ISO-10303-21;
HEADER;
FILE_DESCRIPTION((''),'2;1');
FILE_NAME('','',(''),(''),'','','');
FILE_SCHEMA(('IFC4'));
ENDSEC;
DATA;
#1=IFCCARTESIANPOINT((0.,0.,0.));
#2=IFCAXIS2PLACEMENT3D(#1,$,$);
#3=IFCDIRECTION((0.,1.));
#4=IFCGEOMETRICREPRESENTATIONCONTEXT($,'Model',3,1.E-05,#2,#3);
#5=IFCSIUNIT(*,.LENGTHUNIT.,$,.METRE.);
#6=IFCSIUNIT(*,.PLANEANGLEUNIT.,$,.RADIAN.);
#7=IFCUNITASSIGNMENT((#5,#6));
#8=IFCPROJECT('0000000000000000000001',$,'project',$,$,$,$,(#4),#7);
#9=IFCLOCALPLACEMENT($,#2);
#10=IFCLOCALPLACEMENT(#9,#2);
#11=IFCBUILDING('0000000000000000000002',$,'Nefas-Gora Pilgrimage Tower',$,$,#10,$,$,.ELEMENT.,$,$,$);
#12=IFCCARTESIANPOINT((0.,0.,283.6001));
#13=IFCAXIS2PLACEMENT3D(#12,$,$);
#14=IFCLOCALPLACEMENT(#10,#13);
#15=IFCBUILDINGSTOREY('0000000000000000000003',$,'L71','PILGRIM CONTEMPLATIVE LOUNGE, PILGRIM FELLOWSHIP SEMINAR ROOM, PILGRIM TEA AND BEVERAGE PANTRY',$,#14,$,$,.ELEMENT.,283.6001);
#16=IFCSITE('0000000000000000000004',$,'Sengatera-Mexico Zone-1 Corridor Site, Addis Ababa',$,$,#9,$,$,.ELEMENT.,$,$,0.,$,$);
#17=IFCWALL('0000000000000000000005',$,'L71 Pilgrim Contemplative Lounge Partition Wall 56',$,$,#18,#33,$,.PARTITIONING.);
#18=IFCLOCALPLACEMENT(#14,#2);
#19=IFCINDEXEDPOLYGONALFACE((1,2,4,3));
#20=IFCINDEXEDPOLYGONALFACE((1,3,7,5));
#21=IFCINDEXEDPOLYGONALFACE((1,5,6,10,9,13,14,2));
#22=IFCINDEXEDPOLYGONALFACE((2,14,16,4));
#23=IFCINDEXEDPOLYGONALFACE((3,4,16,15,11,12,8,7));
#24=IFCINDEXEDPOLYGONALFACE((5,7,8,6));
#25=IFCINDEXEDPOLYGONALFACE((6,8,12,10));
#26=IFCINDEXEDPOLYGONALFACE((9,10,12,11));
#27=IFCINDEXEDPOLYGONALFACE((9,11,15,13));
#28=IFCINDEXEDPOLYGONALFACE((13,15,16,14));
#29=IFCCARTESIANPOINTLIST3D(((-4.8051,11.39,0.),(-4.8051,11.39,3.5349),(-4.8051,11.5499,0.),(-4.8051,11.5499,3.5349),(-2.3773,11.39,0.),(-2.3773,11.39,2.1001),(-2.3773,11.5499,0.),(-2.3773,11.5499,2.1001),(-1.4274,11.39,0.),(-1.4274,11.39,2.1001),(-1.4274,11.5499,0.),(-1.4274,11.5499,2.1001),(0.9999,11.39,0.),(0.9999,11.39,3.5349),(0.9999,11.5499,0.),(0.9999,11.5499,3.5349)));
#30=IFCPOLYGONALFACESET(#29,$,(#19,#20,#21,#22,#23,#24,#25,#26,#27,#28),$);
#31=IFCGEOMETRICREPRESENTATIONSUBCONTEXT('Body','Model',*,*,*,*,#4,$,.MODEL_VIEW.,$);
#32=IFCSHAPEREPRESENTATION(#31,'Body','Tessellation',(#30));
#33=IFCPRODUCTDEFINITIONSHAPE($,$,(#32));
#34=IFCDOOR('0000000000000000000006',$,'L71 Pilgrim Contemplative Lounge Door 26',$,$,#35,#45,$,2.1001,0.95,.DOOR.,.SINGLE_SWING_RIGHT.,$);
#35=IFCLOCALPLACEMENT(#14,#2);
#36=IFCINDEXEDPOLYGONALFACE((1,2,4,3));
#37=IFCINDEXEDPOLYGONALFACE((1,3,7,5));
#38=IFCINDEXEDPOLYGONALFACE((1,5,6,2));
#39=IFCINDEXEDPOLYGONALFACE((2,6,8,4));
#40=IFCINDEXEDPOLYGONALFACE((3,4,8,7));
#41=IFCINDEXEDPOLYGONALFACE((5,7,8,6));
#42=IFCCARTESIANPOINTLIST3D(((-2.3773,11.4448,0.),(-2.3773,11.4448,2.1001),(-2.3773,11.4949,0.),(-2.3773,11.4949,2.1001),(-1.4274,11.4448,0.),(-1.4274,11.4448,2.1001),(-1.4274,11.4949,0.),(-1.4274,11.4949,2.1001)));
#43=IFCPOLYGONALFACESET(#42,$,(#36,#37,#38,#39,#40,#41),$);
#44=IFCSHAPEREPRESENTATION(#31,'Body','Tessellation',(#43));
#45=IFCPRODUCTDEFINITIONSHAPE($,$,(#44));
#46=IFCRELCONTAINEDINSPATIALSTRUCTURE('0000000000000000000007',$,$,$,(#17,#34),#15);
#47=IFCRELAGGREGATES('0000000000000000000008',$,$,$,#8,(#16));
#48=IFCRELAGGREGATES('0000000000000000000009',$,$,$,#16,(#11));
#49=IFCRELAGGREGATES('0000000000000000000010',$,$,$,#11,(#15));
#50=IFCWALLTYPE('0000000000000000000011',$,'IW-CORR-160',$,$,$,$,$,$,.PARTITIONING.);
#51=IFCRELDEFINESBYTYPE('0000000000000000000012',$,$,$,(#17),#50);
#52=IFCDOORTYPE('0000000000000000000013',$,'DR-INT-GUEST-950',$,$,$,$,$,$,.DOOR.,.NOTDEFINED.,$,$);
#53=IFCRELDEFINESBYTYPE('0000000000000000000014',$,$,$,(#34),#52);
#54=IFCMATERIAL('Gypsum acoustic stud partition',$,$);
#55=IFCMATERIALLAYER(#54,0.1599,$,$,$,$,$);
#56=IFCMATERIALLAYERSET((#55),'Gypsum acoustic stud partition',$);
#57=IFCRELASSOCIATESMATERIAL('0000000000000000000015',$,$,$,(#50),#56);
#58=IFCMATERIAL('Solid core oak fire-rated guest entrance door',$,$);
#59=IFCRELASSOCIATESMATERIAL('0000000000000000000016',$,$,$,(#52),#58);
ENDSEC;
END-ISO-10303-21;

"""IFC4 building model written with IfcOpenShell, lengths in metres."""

from ifc_helpers import new_model, si_unit, direction, frame, frame_2d, origin, place, context, subcontext, project, spatial, rectangle, extrude, source, transform, mapped, material, layer, layer_set, type_object, element, fill, save


model = new_model("IFC4")

# Units and contexts
model_context = context("Model", 3, precision=1e-05, world=origin(), true_north=direction((0.0, 1.0)))
body_context = subcontext(model_context, "Body", "Model", "MODEL_VIEW")
ifc_project = project(units=[si_unit("LENGTHUNIT", "METRE"), si_unit("PLANEANGLEUNIT", "RADIAN")], contexts=[model_context])

# Site, building, storey
site_placement = place(None, origin())
site = spatial("IfcSite", under=ifc_project, at=site_placement, Name="Sengatera-Mexico Zone-1 Corridor Site, Addis Ababa", CompositionType="ELEMENT", RefElevation=0.0)
building_placement = place(site_placement, origin())
building = spatial("IfcBuilding", under=site, at=building_placement, Name="Nefas-Gora Pilgrimage Tower", CompositionType="ELEMENT")
storey_placement = place(building_placement, frame((0.0, 0.0, 283.6001)))
storey = spatial("IfcBuildingStorey", under=building, at=storey_placement, Name="L71", Description="PILGRIM CONTEMPLATIVE LOUNGE, PILGRIM FELLOWSHIP SEMINAR ROOM, PILGRIM TEA AND BEVERAGE PANTRY", CompositionType="ELEMENT", Elevation=283.6001)

# Shared definitions
ifc_material_1 = material(Name="Gypsum acoustic stud partition")
ifc_layer_1 = layer(ifc_material_1, 0.1599)
ifc_layer_set_1 = layer_set([ifc_layer_1], Name="Gypsum acoustic stud partition")
wall_type_1 = type_object("IfcWallType", Name="IW-CORR-160", PredefinedType="PARTITIONING", material=ifc_layer_set_1)
ifc_material_2 = material(Name="Solid core oak fire-rated guest entrance door")
door_type_1 = type_object("IfcDoorType", Name="DR-INT-GUEST-950", OperationType="NOTDEFINED", PredefinedType="DOOR", material=ifc_material_2)
shared_shape_1 = source(origin(), body_context, "Body", "SweptSolid", [
    extrude(rectangle(XDim=0.95, YDim=2.1001, at=frame_2d((0.4751, 1.05))), frame((0.0, 0.0249, 0.0), z_axis=(0.0, -1.0, 0.0), x_axis=(1.0, 0.0, 0.0)), (0.0, 0.0, 1.0), 0.05),
])

# Wall, opening, door
shared_shape_2 = source(origin(), body_context, "Body", "SweptSolid", [
    extrude(rectangle(XDim=5.8049, YDim=0.1599, at=frame_2d((2.9023, 0.0))), origin(), (0.0, 0.0, 1.0), 3.5349),
])
wall_1_placement = place(storey_placement, frame((-4.8049, 11.47, 0.0), z_axis=(0.0, 0.0, 1.0), x_axis=(1.0, 0.0, 0.0)))
wall_1 = element("IfcWall", 1, at=wall_1_placement, inside=storey, type_object=wall_type_1, Name="L71 Pilgrim Contemplative Lounge Partition Wall 56", PredefinedType="PARTITIONING", context=body_context, shape_type="MappedRepresentation", body=[
    mapped(shared_shape_2, transform((0.0, 0.0, 0.0), x_axis=(1.0, 0.0, 0.0), y_axis=(0.0, 1.0, 0.0), z_axis=(0.0, 0.0, 1.0), scale=1.0)),
])
opening_1_placement = place(wall_1_placement, frame((2.4275, 0.0, 0.0)))
opening_1 = element("IfcOpeningElement", 2, at=opening_1_placement, cuts=wall_1, PredefinedType="OPENING", context=body_context, shape_type="SweptSolid", body=[
    extrude(rectangle(XDim=0.95, YDim=2.1001, at=frame_2d((0.4751, 1.05))), frame((0.0, 0.0898, 0.0), z_axis=(0.0, -1.0, 0.0), x_axis=(1.0, 0.0, 0.0)), (0.0, 0.0, 1.0), 0.1799),
])
door_1_placement = place(opening_1_placement, origin())
door_1 = element("IfcDoor", 3, at=door_1_placement, inside=storey, type_object=door_type_1, Name="L71 Pilgrim Contemplative Lounge Door 26", OperationType="SINGLE_SWING_RIGHT", OverallHeight=2.1001, OverallWidth=0.95, PredefinedType="DOOR", context=body_context, shape_type="MappedRepresentation", body=[
    mapped(shared_shape_1, transform((0.0, 0.0, 0.0), x_axis=(1.0, 0.0, 0.0), y_axis=(0.0, 1.0, 0.0), z_axis=(0.0, 0.0, 1.0), scale=1.0)),
])
fill(opening_1, door_1)

save(model, "model.ifc")
